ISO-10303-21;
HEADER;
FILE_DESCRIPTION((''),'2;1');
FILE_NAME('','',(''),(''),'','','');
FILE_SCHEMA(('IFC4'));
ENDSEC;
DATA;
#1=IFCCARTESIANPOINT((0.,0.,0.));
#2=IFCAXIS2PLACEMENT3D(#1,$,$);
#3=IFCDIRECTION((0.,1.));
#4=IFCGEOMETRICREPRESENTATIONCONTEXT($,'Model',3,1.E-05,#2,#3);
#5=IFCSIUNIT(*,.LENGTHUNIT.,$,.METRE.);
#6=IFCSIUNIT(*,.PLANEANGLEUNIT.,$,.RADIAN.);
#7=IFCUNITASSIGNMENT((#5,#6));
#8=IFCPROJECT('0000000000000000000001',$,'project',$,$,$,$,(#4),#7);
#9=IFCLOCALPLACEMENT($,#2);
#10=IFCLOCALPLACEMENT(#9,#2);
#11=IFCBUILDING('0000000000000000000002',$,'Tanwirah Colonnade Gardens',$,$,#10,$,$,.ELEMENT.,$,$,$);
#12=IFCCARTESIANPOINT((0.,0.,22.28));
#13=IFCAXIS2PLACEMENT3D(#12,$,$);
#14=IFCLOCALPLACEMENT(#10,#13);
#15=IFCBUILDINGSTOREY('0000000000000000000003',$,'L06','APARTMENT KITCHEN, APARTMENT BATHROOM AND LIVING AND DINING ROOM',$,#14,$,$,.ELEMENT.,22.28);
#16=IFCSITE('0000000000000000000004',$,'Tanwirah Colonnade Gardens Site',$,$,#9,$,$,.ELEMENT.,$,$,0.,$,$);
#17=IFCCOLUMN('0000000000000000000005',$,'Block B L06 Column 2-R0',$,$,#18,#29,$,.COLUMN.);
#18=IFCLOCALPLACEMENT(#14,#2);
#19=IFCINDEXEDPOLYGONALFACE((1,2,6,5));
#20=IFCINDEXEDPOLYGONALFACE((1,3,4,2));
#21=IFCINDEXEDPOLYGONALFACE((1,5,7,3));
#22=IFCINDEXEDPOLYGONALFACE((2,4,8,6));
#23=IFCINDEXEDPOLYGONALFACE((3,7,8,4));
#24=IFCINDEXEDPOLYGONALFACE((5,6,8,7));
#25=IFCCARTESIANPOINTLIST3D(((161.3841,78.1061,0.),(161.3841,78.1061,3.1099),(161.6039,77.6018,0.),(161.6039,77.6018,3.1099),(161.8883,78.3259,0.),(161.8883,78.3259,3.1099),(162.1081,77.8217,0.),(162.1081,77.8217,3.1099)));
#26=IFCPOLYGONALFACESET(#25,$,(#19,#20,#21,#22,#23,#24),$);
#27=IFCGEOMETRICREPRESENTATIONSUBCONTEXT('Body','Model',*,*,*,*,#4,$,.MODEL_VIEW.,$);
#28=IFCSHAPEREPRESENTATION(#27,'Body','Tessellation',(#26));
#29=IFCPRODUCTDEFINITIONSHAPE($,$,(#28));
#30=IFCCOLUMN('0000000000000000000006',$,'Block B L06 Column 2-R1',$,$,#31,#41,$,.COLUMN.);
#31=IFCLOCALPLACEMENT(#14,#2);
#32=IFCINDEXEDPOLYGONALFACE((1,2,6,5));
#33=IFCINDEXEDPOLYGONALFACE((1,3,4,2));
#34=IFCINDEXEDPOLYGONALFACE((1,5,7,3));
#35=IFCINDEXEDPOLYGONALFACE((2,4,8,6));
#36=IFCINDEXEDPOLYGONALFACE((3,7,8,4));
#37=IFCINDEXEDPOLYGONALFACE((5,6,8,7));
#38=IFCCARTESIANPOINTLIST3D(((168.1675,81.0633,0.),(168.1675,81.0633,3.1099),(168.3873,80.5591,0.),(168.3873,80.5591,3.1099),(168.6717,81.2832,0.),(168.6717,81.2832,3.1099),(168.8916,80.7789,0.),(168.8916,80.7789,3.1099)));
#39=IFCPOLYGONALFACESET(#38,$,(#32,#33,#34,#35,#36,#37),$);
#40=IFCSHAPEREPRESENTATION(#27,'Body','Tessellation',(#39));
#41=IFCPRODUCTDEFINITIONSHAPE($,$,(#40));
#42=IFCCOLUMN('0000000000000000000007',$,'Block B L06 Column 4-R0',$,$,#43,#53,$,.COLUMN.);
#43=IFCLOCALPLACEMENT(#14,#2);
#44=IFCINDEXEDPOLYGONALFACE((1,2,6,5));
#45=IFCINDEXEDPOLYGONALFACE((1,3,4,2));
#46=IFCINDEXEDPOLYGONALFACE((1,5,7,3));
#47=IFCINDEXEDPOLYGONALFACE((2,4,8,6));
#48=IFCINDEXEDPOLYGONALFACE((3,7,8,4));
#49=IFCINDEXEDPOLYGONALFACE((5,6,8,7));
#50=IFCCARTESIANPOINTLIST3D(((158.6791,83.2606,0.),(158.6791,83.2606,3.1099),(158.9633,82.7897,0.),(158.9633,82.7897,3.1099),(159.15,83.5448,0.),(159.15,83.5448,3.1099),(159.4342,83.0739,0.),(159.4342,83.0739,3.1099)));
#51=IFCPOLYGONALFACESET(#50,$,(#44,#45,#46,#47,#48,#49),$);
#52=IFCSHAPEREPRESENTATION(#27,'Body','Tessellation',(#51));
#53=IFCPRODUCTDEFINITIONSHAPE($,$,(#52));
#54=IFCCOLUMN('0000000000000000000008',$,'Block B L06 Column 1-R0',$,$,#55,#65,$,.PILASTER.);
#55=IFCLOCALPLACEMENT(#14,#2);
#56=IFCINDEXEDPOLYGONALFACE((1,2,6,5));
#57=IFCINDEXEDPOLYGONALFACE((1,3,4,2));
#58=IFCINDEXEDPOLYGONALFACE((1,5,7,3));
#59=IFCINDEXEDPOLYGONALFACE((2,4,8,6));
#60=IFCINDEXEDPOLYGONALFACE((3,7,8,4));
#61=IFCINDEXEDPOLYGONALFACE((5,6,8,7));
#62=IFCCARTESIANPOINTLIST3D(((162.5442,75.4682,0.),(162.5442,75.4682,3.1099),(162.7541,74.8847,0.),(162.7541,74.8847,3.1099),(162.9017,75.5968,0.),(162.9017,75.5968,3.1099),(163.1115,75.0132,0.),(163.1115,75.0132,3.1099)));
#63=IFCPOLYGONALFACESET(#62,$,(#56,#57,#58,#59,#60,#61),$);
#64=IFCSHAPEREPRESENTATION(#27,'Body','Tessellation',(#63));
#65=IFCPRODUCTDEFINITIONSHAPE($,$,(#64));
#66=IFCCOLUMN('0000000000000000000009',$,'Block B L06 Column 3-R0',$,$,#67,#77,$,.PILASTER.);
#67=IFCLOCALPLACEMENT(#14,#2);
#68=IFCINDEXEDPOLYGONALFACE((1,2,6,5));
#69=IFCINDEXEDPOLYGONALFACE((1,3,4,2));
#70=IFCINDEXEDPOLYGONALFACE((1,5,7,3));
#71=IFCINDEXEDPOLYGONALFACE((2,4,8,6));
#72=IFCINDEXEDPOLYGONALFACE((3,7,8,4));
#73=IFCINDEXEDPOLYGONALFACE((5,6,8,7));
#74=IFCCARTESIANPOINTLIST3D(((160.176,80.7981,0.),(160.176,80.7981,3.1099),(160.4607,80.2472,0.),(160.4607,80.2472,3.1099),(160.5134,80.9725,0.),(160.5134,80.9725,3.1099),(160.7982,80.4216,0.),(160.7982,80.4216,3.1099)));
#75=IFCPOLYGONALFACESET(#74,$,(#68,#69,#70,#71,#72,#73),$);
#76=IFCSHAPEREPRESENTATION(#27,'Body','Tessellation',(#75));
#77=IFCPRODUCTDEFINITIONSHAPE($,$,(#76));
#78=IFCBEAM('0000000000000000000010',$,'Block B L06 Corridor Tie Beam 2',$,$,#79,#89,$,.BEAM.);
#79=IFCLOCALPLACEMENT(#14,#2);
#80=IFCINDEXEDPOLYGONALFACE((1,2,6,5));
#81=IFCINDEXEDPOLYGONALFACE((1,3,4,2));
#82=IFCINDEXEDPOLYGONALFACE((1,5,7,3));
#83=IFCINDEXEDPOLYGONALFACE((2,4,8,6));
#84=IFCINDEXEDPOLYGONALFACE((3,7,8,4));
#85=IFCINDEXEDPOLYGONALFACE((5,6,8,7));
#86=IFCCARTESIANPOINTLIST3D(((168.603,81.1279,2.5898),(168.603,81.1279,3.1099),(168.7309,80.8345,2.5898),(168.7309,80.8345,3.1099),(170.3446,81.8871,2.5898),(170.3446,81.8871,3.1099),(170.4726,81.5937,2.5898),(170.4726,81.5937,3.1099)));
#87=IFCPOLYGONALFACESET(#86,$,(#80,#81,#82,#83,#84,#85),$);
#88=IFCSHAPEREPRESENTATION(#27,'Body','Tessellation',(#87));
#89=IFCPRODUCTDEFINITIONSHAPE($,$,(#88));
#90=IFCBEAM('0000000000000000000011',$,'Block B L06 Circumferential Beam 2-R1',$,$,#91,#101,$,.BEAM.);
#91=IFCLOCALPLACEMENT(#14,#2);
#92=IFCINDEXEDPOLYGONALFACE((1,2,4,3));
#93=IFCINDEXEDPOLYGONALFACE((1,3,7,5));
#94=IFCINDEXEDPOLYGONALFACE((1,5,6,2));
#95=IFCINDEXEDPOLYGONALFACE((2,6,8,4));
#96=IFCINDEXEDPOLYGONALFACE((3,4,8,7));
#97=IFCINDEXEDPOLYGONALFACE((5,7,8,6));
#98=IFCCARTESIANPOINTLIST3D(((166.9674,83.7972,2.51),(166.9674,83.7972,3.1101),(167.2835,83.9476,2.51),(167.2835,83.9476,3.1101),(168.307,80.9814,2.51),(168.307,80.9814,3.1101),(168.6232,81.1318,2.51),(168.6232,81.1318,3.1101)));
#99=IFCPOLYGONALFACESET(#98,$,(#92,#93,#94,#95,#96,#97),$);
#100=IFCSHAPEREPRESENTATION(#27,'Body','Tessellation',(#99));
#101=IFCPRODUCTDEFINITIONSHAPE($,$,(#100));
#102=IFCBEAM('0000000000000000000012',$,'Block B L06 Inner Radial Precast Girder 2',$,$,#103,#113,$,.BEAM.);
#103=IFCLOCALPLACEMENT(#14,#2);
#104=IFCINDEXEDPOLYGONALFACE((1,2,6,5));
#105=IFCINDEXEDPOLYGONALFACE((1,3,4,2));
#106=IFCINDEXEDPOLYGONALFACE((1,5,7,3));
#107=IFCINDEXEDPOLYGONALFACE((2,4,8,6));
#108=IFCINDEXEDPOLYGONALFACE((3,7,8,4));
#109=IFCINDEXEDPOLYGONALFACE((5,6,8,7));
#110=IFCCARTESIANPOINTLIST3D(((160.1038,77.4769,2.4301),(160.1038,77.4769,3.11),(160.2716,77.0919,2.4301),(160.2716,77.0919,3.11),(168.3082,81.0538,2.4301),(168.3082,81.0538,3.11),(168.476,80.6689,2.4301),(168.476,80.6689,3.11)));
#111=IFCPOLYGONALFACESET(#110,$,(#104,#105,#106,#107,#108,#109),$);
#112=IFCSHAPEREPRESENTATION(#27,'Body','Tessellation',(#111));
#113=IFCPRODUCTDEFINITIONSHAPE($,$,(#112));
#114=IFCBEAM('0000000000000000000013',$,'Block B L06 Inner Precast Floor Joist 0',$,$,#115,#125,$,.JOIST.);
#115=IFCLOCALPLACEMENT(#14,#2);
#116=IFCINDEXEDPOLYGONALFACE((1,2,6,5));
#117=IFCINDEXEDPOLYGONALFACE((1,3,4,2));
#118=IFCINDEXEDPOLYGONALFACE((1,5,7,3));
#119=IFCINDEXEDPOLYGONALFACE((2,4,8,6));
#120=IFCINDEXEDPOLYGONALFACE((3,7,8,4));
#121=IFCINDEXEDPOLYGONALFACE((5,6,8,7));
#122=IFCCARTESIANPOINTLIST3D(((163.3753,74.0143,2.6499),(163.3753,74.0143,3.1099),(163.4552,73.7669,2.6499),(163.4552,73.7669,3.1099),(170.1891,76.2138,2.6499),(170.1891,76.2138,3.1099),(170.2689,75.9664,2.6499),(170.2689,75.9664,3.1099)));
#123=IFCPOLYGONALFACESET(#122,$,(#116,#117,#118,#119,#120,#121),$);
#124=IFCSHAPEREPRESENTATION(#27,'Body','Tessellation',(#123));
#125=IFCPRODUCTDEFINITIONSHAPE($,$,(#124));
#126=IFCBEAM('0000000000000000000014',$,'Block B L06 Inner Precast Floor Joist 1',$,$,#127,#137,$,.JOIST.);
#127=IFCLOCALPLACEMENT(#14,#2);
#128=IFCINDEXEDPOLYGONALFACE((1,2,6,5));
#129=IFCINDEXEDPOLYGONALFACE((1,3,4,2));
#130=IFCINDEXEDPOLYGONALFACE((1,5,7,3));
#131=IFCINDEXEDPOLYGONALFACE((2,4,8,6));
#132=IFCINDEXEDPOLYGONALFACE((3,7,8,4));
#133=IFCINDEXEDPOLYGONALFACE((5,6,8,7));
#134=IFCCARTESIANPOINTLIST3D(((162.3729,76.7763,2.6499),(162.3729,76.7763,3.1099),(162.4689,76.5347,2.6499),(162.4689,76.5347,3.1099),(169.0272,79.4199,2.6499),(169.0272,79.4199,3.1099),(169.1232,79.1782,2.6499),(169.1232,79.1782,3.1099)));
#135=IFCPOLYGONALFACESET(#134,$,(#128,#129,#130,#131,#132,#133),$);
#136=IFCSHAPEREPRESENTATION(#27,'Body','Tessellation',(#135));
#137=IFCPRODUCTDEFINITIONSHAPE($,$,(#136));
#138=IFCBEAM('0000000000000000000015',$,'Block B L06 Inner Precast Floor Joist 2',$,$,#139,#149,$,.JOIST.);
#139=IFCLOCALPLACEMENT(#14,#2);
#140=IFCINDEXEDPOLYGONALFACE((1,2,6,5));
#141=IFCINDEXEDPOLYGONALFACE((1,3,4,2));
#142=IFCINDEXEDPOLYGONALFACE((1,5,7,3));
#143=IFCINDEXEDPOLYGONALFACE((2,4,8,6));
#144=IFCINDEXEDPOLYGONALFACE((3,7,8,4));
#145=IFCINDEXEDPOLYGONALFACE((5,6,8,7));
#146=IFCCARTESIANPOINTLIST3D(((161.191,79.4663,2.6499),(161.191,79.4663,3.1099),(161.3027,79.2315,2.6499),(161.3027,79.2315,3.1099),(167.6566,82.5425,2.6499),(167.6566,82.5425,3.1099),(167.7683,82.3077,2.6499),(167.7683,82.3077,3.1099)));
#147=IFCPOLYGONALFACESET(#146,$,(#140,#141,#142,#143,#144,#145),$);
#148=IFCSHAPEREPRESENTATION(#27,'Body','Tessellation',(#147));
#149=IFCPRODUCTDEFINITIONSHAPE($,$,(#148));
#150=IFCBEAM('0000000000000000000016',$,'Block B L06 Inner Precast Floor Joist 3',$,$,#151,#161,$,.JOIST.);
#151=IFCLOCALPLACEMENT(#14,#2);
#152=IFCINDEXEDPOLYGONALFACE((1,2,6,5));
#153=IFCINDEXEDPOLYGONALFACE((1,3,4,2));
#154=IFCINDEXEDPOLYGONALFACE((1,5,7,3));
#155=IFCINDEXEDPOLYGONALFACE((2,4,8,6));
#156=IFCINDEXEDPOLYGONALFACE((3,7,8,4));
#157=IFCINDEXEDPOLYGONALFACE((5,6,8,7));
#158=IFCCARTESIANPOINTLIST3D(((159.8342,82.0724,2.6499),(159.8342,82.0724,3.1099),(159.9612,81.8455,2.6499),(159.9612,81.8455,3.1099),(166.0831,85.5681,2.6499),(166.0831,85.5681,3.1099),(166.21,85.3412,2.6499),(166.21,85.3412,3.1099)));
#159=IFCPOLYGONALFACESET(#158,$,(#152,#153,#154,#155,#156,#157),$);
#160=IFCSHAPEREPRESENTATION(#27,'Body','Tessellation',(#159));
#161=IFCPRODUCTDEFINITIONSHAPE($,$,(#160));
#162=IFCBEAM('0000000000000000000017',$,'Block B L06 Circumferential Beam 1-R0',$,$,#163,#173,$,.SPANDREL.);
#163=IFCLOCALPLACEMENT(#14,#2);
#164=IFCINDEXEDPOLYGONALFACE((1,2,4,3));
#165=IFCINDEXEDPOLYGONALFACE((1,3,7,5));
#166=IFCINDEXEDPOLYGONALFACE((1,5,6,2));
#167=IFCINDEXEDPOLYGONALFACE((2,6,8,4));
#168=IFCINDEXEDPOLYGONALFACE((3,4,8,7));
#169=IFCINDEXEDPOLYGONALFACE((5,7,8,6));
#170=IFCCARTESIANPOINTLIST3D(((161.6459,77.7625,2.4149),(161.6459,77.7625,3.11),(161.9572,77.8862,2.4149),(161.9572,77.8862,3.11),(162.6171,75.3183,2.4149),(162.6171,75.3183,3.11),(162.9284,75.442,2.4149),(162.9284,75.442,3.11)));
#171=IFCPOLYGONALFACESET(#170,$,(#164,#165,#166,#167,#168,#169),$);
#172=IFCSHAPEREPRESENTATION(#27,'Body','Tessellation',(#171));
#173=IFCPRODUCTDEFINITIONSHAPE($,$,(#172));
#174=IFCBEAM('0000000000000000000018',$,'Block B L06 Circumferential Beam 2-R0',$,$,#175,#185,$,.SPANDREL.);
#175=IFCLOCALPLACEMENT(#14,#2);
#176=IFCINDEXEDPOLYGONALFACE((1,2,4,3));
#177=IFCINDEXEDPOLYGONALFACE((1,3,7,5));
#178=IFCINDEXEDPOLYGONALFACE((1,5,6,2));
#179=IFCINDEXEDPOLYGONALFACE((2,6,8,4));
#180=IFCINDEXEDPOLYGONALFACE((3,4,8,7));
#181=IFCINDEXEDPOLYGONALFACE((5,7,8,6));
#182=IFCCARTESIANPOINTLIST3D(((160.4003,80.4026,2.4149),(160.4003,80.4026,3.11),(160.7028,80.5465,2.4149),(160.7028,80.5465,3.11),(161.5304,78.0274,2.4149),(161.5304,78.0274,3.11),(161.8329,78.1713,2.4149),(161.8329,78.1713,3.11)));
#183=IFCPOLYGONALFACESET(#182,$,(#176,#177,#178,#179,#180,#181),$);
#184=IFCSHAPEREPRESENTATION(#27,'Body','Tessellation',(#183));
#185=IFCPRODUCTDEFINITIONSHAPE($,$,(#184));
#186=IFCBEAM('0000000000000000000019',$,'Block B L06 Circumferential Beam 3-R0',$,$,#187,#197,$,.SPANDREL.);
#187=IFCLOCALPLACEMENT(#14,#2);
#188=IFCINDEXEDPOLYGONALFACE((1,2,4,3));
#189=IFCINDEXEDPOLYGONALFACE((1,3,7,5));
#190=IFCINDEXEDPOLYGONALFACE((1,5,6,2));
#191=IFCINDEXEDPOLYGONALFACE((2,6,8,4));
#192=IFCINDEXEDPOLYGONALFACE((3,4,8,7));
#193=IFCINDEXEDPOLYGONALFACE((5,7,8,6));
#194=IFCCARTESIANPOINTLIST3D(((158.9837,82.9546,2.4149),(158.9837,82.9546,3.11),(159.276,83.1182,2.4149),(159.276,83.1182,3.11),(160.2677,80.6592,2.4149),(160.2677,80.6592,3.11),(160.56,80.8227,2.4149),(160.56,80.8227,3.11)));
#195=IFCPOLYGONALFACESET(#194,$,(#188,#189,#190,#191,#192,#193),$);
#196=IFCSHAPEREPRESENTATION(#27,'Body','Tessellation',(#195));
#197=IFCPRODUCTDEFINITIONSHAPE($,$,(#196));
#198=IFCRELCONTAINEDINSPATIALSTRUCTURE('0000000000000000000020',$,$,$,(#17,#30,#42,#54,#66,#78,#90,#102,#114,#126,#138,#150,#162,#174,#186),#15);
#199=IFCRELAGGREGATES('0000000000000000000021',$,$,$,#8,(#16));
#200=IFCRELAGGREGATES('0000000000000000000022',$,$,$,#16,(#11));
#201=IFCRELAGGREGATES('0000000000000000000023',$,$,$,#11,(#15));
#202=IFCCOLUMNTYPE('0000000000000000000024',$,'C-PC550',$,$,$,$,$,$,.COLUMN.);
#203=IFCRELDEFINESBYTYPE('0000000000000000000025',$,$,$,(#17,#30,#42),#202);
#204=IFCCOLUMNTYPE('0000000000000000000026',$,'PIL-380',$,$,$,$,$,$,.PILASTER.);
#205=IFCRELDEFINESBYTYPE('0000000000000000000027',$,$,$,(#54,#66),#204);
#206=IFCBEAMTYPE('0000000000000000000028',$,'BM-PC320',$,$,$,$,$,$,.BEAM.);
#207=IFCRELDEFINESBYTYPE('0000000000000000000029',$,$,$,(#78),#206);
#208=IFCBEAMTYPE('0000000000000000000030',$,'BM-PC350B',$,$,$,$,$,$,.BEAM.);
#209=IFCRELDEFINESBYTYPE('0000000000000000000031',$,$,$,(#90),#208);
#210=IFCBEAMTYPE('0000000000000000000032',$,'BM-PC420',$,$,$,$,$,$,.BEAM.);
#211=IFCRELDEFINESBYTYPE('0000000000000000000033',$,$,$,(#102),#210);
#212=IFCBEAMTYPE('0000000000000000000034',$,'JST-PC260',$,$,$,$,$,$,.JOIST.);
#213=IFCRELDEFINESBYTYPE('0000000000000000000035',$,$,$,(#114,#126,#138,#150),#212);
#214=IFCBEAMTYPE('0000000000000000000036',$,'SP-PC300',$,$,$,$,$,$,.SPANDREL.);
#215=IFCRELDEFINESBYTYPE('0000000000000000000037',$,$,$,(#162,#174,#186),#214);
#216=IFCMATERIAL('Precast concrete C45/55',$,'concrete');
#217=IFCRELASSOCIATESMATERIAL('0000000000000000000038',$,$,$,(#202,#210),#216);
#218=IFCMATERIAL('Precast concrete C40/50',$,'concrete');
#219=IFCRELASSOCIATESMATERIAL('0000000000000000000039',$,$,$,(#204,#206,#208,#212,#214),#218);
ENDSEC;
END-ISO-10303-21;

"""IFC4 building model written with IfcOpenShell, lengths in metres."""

from ifc_helpers import new_model, si_unit, direction, frame, origin, origin_2d, place, context, subcontext, project, spatial, rectangle, extrude, material, material_profile, profile_set, type_object, element, save


model = new_model("IFC4")

# Units and contexts
model_context = context("Model", 3, precision=1e-05, world=origin(), true_north=direction((0.0, 1.0)))
body_context = subcontext(model_context, "Body", "Model", "MODEL_VIEW")
ifc_project = project(units=[si_unit("LENGTHUNIT", "METRE"), si_unit("PLANEANGLEUNIT", "RADIAN")], contexts=[model_context])

# Site, building, storey
site_placement = place(None, origin())
site = spatial("IfcSite", under=ifc_project, at=site_placement, Name="Tanwirah Colonnade Gardens Site", CompositionType="ELEMENT", RefElevation=0.0)
building_placement = place(site_placement, origin())
building = spatial("IfcBuilding", under=site, at=building_placement, Name="Tanwirah Colonnade Gardens", CompositionType="ELEMENT")
storey_placement = place(building_placement, frame((0.0, 0.0, 22.28)))
storey = spatial("IfcBuildingStorey", under=building, at=storey_placement, Name="L06", Description="APARTMENT KITCHEN, APARTMENT BATHROOM AND LIVING AND DINING ROOM", CompositionType="ELEMENT", Elevation=22.28)

# Columns
ifc_material_1 = material(Name="Precast concrete C45/55", Category="concrete")
ifc_material_profile_1 = material_profile(ifc_material_1, rectangle(XDim=0.55, YDim=0.55, at=origin_2d()), Name="PC-COL 550x550")
ifc_profile_set_1 = profile_set([ifc_material_profile_1], Name="Precast concrete C45/55")
column_type_1 = type_object("IfcColumnType", Name="C-PC550", PredefinedType="COLUMN", material=ifc_profile_set_1)
for number, where, z_axis, x_axis, name in (
    (1, (161.7461, 77.9639, 0.0), (0.0, 0.0, 1.0), (0.916673, 0.399638, 0.0), "Block B L06 Column 2-R0"),
    (2, (168.5295, 80.9211, 0.0), (0.0, 0.0, 1.0), (0.916673, 0.399638, 0.0), "Block B L06 Column 2-R1"),
    (3, (159.0566, 83.1672, 0.0), (0.0, 0.0, 1.0), (0.856167, 0.516699, 0.0), "Block B L06 Column 4-R0"),
):
    element("IfcColumn", number, at=place(storey_placement, frame(where, z_axis=z_axis, x_axis=x_axis)), inside=storey, type_object=column_type_1, Name=name, PredefinedType="COLUMN", context=body_context, shape_type="SweptSolid", body=[
        extrude(rectangle(XDim=0.55, YDim=0.55, at=origin_2d()), origin(), (0.0, 0.0, 1.0), 3.1099),
    ])
ifc_material_2 = material(Name="Precast concrete C40/50", Category="concrete")
ifc_material_profile_2 = material_profile(ifc_material_2, rectangle(XDim=0.3799, YDim=0.6201, at=origin_2d()), Name="PC-PIL 380x620")
ifc_profile_set_2 = profile_set([ifc_material_profile_2], Name="Precast concrete C40/50")
column_type_2 = type_object("IfcColumnType", Name="PIL-380", PredefinedType="PILASTER", material=ifc_profile_set_2)
for number, where, z_axis, x_axis, name in (
    (4, (162.8279, 75.2407, 0.0), (0.0, 0.0, 1.0), (0.941012, 0.338373, 0.0), "Block B L06 Column 1-R0"),
    (5, (160.4871, 80.6099, 0.0), (0.0, 0.0, 1.0), (0.88835, 0.459166, 0.0), "Block B L06 Column 3-R0"),
):
    element("IfcColumn", number, at=place(storey_placement, frame(where, z_axis=z_axis, x_axis=x_axis)), inside=storey, type_object=column_type_2, Name=name, PredefinedType="PILASTER", context=body_context, shape_type="SweptSolid", body=[
        extrude(rectangle(XDim=0.3799, YDim=0.6201, at=origin_2d()), origin(), (0.0, 0.0, 1.0), 3.1099),
    ])

# Beams
ifc_material_profile_3 = material_profile(ifc_material_2, rectangle(XDim=0.3201, YDim=0.52, at=origin_2d()), Name="PC-BM 320x520")
ifc_profile_set_3 = profile_set([ifc_material_profile_3], Name="Precast concrete C40/50")
beam_type_1 = type_object("IfcBeamType", Name="BM-PC320", PredefinedType="BEAM", material=ifc_profile_set_3)
beam_1_placement = place(storey_placement, frame((168.667, 80.9812, 2.8499), z_axis=(0.916681, 0.399619, 0.0), x_axis=(-0.399619, 0.916681, 0.0)))
element("IfcBeam", 6, at=beam_1_placement, inside=storey, type_object=beam_type_1, Name="Block B L06 Corridor Tie Beam 2", PredefinedType="BEAM", context=body_context, shape_type="SweptSolid", body=[
    extrude(rectangle(XDim=0.3201, YDim=0.52, at=origin_2d()), origin(), (0.0, 0.0, 1.0), 1.8999),
])
ifc_material_profile_4 = material_profile(ifc_material_2, rectangle(XDim=0.3501, YDim=0.6001, at=origin_2d()), Name="PC-BM 350x600")
ifc_profile_set_4 = profile_set([ifc_material_profile_4], Name="Precast concrete C40/50")
beam_type_2 = type_object("IfcBeamType", Name="BM-PC350B", PredefinedType="BEAM", material=ifc_profile_set_4)
beam_2_placement = place(storey_placement, frame((168.4651, 81.0566, 2.8101), z_axis=(-0.429621, 0.90301, 0.0), x_axis=(-0.90301, -0.429621, 0.0)))
element("IfcBeam", 7, at=beam_2_placement, inside=storey, type_object=beam_type_2, Name="Block B L06 Circumferential Beam 2-R1", PredefinedType="BEAM", context=body_context, shape_type="SweptSolid", body=[
    extrude(rectangle(XDim=0.3501, YDim=0.6001, at=origin_2d()), origin(), (0.0, 0.0, 1.0), 3.1182),
])
ifc_material_profile_5 = material_profile(ifc_material_1, rectangle(XDim=0.4199, YDim=0.6799, at=origin_2d()), Name="PC-BM 420x680")
ifc_profile_set_5 = profile_set([ifc_material_profile_5], Name="Precast concrete C45/55")
beam_type_3 = type_object("IfcBeamType", Name="BM-PC420", PredefinedType="BEAM", material=ifc_profile_set_5)
beam_3_placement = place(storey_placement, frame((168.3921, 80.8613, 2.77), z_axis=(-0.916669, -0.399647, 0.0), x_axis=(0.399647, -0.916669, 0.0)))
element("IfcBeam", 8, at=beam_3_placement, inside=storey, type_object=beam_type_3, Name="Block B L06 Inner Radial Precast Girder 2", PredefinedType="BEAM", context=body_context, shape_type="SweptSolid", body=[
    extrude(rectangle(XDim=0.4199, YDim=0.6799, at=origin_2d()), origin(), (0.0, 0.0, 1.0), 8.9502),
])
ifc_material_profile_6 = material_profile(ifc_material_2, rectangle(XDim=0.26, YDim=0.46, at=origin_2d()), Name="PC-JST 260x460")
ifc_profile_set_6 = profile_set([ifc_material_profile_6], Name="Precast concrete C40/50")
beam_type_4 = type_object("IfcBeamType", Name="JST-PC260", PredefinedType="JOIST", material=ifc_profile_set_6)
beam_4_placement = place(storey_placement, frame((163.4153, 73.8906, 2.8799), z_axis=(0.951648, 0.307191, 0.0), x_axis=(-0.307191, 0.951648, 0.0)))
element("IfcBeam", 9, at=beam_4_placement, inside=storey, type_object=beam_type_4, Name="Block B L06 Inner Precast Floor Joist 0", PredefinedType="JOIST", context=body_context, shape_type="SweptSolid", body=[
    extrude(rectangle(XDim=0.26, YDim=0.46, at=origin_2d()), origin(), (0.0, 0.0, 1.0), 7.1599),
])
for number, where, z_axis, x_axis, name in (
    (10, (162.4209, 76.6555, 2.8799), (0.929349, 0.369203, 0.0), (-0.369203, 0.929349, 0.0), "Block B L06 Inner Precast Floor Joist 1"),
    (11, (161.2468, 79.3489, 2.8799), (0.903005, 0.429629, 0.0), (-0.429629, 0.903005, 0.0), "Block B L06 Inner Precast Floor Joist 2"),
    (12, (159.8977, 81.959, 2.8799), (0.872727, 0.488209, 0.0), (-0.488209, 0.872727, 0.0), "Block B L06 Inner Precast Floor Joist 3"),
):
    element("IfcBeam", number, at=place(storey_placement, frame(where, z_axis=z_axis, x_axis=x_axis)), inside=storey, type_object=beam_type_4, Name=name, PredefinedType="JOIST", context=body_context, shape_type="SweptSolid", body=[
        extrude(rectangle(XDim=0.26, YDim=0.46, at=origin_2d()), origin(), (0.0, 0.0, 1.0), 7.1602),
    ])
ifc_material_profile_7 = material_profile(ifc_material_2, rectangle(XDim=0.335, YDim=0.6951, at=origin_2d()), Name="PC-SP 335x695")
ifc_profile_set_7 = profile_set([ifc_material_profile_7], Name="Precast concrete C40/50")
beam_type_5 = type_object("IfcBeamType", Name="SP-PC300", PredefinedType="SPANDREL", material=ifc_profile_set_7)
beam_5_placement = place(storey_placement, frame((162.7727, 75.3801, 2.7625), z_axis=(-0.369245, 0.929332, 0.0), x_axis=(-0.929332, -0.369245, 0.0)))
element("IfcBeam", 13, at=beam_5_placement, inside=storey, type_object=beam_type_5, Name="Block B L06 Circumferential Beam 1-R0", PredefinedType="SPANDREL", context=body_context, shape_type="SweptSolid", body=[
    extrude(rectangle(XDim=0.335, YDim=0.6951, at=origin_2d()), origin(), (0.0, 0.0, 1.0), 2.6301),
])
beam_6_placement = place(storey_placement, frame((161.6816, 78.0994, 2.7625), z_axis=(-0.429642, 0.902999, 0.0), x_axis=(-0.902999, -0.429642, 0.0)))
element("IfcBeam", 14, at=beam_6_placement, inside=storey, type_object=beam_type_5, Name="Block B L06 Circumferential Beam 2-R0", PredefinedType="SPANDREL", context=body_context, shape_type="SweptSolid", body=[
    extrude(rectangle(XDim=0.335, YDim=0.6951, at=origin_2d()), origin(), (0.0, 0.0, 1.0), 2.6304),
])
beam_7_placement = place(storey_placement, frame((160.4138, 80.741, 2.7625), z_axis=(-0.488171, 0.872748, 0.0), x_axis=(-0.872748, -0.488171, 0.0)))
element("IfcBeam", 15, at=beam_7_placement, inside=storey, type_object=beam_type_5, Name="Block B L06 Circumferential Beam 3-R0", PredefinedType="SPANDREL", context=body_context, shape_type="SweptSolid", body=[
    extrude(rectangle(XDim=0.335, YDim=0.6951, at=origin_2d()), origin(), (0.0, 0.0, 1.0), 2.6301),
])

save(model, "model.ifc")
